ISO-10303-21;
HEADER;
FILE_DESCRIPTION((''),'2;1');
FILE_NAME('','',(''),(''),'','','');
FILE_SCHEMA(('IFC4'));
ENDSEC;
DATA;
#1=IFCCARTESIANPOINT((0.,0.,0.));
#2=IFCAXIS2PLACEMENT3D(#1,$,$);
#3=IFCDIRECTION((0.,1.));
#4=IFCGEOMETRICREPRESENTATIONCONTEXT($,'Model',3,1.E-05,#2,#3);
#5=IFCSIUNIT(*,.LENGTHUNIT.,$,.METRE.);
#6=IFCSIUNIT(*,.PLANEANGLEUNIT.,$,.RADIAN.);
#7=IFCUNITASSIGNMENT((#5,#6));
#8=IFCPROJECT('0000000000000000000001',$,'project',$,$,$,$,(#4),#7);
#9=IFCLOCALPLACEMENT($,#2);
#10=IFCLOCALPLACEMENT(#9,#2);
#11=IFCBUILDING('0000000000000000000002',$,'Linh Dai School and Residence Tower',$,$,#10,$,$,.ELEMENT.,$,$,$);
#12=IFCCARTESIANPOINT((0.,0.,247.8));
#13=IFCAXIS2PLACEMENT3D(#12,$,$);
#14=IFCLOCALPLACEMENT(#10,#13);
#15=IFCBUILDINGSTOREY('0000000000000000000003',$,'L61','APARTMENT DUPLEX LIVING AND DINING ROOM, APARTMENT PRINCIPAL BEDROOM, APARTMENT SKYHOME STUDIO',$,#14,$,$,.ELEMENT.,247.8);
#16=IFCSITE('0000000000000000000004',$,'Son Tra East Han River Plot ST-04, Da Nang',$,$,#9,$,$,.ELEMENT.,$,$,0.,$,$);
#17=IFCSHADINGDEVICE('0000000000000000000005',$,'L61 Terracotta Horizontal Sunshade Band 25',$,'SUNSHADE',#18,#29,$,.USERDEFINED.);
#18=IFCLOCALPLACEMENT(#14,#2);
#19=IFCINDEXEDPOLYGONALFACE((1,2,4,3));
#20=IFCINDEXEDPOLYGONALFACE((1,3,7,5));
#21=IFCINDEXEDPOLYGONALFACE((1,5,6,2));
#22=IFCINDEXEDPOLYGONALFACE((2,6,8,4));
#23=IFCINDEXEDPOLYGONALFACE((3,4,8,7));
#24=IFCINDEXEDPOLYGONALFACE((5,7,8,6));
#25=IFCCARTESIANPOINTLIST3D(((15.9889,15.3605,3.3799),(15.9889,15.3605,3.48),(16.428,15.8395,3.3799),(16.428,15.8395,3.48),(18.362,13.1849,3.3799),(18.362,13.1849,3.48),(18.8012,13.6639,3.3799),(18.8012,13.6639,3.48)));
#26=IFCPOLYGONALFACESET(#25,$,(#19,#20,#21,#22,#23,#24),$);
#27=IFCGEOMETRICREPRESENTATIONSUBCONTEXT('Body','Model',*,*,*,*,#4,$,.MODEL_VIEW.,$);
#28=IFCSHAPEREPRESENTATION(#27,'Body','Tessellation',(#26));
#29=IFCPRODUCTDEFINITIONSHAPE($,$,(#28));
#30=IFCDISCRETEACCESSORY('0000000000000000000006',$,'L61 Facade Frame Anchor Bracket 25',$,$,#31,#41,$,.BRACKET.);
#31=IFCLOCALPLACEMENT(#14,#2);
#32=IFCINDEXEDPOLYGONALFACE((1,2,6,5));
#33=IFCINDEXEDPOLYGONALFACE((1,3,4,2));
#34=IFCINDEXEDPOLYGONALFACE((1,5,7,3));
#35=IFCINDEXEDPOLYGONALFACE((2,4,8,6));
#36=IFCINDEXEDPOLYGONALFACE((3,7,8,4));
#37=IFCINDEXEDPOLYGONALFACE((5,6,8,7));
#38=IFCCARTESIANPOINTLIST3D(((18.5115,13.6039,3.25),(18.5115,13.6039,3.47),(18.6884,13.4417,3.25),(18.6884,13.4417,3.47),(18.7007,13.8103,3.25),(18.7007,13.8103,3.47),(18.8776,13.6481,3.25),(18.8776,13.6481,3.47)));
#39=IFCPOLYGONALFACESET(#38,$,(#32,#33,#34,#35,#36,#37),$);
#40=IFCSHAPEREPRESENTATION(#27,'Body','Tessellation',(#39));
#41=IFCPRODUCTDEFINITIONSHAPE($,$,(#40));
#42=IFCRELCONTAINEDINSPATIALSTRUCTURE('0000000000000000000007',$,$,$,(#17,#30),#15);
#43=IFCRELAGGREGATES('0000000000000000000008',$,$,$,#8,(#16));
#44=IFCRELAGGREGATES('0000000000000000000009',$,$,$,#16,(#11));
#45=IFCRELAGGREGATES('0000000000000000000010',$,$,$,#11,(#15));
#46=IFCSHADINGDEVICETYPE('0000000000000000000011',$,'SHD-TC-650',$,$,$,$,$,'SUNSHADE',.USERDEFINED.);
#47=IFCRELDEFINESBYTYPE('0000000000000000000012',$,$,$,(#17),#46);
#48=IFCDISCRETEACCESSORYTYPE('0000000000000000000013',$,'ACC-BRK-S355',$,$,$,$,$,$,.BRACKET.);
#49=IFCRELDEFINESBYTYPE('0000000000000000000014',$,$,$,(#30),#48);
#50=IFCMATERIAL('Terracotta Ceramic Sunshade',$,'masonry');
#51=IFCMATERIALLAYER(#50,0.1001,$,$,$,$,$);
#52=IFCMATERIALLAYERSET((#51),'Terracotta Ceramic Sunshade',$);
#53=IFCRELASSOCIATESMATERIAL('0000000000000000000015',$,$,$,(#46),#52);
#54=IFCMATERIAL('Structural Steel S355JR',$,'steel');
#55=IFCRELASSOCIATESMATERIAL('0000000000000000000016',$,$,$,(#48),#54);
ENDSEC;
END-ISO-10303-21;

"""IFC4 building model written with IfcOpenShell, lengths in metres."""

from ifc_helpers import new_model, si_unit, direction, frame, origin, origin_2d, place, context, subcontext, project, spatial, rectangle, extrude, source, transform, mapped, material, layer, layer_set, type_object, element, save


model = new_model("IFC4")

# Units and contexts
model_context = context("Model", 3, precision=1e-05, world=origin(), true_north=direction((0.0, 1.0)))
body_context = subcontext(model_context, "Body", "Model", "MODEL_VIEW")
ifc_project = project(units=[si_unit("LENGTHUNIT", "METRE"), si_unit("PLANEANGLEUNIT", "RADIAN")], contexts=[model_context])

# Site, building, storey
site_placement = place(None, origin())
site = spatial("IfcSite", under=ifc_project, at=site_placement, Name="Son Tra East Han River Plot ST-04, Da Nang", CompositionType="ELEMENT", RefElevation=0.0)
building_placement = place(site_placement, origin())
building = spatial("IfcBuilding", under=site, at=building_placement, Name="Linh Dai School and Residence Tower", CompositionType="ELEMENT")
storey_placement = place(building_placement, frame((0.0, 0.0, 247.8)))
storey = spatial("IfcBuildingStorey", under=building, at=storey_placement, Name="L61", Description="APARTMENT DUPLEX LIVING AND DINING ROOM, APARTMENT PRINCIPAL BEDROOM, APARTMENT SKYHOME STUDIO", CompositionType="ELEMENT", Elevation=247.8)

# Shared definitions
ifc_material_1 = material(Name="Structural Steel S355JR", Category="steel")

# Shading device
ifc_material_2 = material(Name="Terracotta Ceramic Sunshade", Category="masonry")
ifc_layer_1 = layer(ifc_material_2, 0.1001)
ifc_layer_set_1 = layer_set([ifc_layer_1], Name="Terracotta Ceramic Sunshade")
shading_device_type = type_object("IfcShadingDeviceType", Name="SHD-TC-650", ElementType="SUNSHADE", PredefinedType="USERDEFINED", material=ifc_layer_set_1)
shared_shape_1 = source(origin(), body_context, "Body", "SweptSolid", [
    extrude(rectangle(XDim=3.2195, YDim=0.6499, at=origin_2d()), origin(), (0.0, 0.0, 1.0), 0.1001),
])
shading_device_placement = place(storey_placement, frame((17.395, 14.5122, 3.3799), z_axis=(0.0, 0.0, 1.0), x_axis=(-0.737125, 0.675756, 0.0)))
element("IfcShadingDevice", 1, at=shading_device_placement, inside=storey, type_object=shading_device_type, Name="L61 Terracotta Horizontal Sunshade Band 25", ObjectType="SUNSHADE", PredefinedType="USERDEFINED", context=body_context, shape_type="MappedRepresentation", body=[
    mapped(shared_shape_1, transform((0.0, 0.0, 0.0), x_axis=(1.0, 0.0, 0.0), y_axis=(0.0, 1.0, 0.0), z_axis=(0.0, 0.0, 1.0), scale=1.0)),
])

# Discrete accessory
discrete_accessory_type = type_object("IfcDiscreteAccessoryType", Name="ACC-BRK-S355", PredefinedType="BRACKET", material=ifc_material_1)
shared_shape_2 = source(origin(), body_context, "Body", "SweptSolid", [
    extrude(rectangle(XDim=0.28, YDim=0.24, at=origin_2d()), origin(), (0.0, 0.0, 1.0), 0.22),
])
discrete_accessory_placement = place(storey_placement, frame((18.6946, 13.626, 3.25), z_axis=(0.0, 0.0, 1.0), x_axis=(-0.675756, -0.737125, 0.0)))
element("IfcDiscreteAccessory", 2, at=discrete_accessory_placement, inside=storey, type_object=discrete_accessory_type, Name="L61 Facade Frame Anchor Bracket 25", PredefinedType="BRACKET", context=body_context, shape_type="MappedRepresentation", body=[
    mapped(shared_shape_2, transform((0.0, 0.0, 0.0), x_axis=(1.0, 0.0, 0.0), y_axis=(0.0, 1.0, 0.0), z_axis=(0.0, 0.0, 1.0), scale=1.0)),
])

save(model, "model.ifc")
